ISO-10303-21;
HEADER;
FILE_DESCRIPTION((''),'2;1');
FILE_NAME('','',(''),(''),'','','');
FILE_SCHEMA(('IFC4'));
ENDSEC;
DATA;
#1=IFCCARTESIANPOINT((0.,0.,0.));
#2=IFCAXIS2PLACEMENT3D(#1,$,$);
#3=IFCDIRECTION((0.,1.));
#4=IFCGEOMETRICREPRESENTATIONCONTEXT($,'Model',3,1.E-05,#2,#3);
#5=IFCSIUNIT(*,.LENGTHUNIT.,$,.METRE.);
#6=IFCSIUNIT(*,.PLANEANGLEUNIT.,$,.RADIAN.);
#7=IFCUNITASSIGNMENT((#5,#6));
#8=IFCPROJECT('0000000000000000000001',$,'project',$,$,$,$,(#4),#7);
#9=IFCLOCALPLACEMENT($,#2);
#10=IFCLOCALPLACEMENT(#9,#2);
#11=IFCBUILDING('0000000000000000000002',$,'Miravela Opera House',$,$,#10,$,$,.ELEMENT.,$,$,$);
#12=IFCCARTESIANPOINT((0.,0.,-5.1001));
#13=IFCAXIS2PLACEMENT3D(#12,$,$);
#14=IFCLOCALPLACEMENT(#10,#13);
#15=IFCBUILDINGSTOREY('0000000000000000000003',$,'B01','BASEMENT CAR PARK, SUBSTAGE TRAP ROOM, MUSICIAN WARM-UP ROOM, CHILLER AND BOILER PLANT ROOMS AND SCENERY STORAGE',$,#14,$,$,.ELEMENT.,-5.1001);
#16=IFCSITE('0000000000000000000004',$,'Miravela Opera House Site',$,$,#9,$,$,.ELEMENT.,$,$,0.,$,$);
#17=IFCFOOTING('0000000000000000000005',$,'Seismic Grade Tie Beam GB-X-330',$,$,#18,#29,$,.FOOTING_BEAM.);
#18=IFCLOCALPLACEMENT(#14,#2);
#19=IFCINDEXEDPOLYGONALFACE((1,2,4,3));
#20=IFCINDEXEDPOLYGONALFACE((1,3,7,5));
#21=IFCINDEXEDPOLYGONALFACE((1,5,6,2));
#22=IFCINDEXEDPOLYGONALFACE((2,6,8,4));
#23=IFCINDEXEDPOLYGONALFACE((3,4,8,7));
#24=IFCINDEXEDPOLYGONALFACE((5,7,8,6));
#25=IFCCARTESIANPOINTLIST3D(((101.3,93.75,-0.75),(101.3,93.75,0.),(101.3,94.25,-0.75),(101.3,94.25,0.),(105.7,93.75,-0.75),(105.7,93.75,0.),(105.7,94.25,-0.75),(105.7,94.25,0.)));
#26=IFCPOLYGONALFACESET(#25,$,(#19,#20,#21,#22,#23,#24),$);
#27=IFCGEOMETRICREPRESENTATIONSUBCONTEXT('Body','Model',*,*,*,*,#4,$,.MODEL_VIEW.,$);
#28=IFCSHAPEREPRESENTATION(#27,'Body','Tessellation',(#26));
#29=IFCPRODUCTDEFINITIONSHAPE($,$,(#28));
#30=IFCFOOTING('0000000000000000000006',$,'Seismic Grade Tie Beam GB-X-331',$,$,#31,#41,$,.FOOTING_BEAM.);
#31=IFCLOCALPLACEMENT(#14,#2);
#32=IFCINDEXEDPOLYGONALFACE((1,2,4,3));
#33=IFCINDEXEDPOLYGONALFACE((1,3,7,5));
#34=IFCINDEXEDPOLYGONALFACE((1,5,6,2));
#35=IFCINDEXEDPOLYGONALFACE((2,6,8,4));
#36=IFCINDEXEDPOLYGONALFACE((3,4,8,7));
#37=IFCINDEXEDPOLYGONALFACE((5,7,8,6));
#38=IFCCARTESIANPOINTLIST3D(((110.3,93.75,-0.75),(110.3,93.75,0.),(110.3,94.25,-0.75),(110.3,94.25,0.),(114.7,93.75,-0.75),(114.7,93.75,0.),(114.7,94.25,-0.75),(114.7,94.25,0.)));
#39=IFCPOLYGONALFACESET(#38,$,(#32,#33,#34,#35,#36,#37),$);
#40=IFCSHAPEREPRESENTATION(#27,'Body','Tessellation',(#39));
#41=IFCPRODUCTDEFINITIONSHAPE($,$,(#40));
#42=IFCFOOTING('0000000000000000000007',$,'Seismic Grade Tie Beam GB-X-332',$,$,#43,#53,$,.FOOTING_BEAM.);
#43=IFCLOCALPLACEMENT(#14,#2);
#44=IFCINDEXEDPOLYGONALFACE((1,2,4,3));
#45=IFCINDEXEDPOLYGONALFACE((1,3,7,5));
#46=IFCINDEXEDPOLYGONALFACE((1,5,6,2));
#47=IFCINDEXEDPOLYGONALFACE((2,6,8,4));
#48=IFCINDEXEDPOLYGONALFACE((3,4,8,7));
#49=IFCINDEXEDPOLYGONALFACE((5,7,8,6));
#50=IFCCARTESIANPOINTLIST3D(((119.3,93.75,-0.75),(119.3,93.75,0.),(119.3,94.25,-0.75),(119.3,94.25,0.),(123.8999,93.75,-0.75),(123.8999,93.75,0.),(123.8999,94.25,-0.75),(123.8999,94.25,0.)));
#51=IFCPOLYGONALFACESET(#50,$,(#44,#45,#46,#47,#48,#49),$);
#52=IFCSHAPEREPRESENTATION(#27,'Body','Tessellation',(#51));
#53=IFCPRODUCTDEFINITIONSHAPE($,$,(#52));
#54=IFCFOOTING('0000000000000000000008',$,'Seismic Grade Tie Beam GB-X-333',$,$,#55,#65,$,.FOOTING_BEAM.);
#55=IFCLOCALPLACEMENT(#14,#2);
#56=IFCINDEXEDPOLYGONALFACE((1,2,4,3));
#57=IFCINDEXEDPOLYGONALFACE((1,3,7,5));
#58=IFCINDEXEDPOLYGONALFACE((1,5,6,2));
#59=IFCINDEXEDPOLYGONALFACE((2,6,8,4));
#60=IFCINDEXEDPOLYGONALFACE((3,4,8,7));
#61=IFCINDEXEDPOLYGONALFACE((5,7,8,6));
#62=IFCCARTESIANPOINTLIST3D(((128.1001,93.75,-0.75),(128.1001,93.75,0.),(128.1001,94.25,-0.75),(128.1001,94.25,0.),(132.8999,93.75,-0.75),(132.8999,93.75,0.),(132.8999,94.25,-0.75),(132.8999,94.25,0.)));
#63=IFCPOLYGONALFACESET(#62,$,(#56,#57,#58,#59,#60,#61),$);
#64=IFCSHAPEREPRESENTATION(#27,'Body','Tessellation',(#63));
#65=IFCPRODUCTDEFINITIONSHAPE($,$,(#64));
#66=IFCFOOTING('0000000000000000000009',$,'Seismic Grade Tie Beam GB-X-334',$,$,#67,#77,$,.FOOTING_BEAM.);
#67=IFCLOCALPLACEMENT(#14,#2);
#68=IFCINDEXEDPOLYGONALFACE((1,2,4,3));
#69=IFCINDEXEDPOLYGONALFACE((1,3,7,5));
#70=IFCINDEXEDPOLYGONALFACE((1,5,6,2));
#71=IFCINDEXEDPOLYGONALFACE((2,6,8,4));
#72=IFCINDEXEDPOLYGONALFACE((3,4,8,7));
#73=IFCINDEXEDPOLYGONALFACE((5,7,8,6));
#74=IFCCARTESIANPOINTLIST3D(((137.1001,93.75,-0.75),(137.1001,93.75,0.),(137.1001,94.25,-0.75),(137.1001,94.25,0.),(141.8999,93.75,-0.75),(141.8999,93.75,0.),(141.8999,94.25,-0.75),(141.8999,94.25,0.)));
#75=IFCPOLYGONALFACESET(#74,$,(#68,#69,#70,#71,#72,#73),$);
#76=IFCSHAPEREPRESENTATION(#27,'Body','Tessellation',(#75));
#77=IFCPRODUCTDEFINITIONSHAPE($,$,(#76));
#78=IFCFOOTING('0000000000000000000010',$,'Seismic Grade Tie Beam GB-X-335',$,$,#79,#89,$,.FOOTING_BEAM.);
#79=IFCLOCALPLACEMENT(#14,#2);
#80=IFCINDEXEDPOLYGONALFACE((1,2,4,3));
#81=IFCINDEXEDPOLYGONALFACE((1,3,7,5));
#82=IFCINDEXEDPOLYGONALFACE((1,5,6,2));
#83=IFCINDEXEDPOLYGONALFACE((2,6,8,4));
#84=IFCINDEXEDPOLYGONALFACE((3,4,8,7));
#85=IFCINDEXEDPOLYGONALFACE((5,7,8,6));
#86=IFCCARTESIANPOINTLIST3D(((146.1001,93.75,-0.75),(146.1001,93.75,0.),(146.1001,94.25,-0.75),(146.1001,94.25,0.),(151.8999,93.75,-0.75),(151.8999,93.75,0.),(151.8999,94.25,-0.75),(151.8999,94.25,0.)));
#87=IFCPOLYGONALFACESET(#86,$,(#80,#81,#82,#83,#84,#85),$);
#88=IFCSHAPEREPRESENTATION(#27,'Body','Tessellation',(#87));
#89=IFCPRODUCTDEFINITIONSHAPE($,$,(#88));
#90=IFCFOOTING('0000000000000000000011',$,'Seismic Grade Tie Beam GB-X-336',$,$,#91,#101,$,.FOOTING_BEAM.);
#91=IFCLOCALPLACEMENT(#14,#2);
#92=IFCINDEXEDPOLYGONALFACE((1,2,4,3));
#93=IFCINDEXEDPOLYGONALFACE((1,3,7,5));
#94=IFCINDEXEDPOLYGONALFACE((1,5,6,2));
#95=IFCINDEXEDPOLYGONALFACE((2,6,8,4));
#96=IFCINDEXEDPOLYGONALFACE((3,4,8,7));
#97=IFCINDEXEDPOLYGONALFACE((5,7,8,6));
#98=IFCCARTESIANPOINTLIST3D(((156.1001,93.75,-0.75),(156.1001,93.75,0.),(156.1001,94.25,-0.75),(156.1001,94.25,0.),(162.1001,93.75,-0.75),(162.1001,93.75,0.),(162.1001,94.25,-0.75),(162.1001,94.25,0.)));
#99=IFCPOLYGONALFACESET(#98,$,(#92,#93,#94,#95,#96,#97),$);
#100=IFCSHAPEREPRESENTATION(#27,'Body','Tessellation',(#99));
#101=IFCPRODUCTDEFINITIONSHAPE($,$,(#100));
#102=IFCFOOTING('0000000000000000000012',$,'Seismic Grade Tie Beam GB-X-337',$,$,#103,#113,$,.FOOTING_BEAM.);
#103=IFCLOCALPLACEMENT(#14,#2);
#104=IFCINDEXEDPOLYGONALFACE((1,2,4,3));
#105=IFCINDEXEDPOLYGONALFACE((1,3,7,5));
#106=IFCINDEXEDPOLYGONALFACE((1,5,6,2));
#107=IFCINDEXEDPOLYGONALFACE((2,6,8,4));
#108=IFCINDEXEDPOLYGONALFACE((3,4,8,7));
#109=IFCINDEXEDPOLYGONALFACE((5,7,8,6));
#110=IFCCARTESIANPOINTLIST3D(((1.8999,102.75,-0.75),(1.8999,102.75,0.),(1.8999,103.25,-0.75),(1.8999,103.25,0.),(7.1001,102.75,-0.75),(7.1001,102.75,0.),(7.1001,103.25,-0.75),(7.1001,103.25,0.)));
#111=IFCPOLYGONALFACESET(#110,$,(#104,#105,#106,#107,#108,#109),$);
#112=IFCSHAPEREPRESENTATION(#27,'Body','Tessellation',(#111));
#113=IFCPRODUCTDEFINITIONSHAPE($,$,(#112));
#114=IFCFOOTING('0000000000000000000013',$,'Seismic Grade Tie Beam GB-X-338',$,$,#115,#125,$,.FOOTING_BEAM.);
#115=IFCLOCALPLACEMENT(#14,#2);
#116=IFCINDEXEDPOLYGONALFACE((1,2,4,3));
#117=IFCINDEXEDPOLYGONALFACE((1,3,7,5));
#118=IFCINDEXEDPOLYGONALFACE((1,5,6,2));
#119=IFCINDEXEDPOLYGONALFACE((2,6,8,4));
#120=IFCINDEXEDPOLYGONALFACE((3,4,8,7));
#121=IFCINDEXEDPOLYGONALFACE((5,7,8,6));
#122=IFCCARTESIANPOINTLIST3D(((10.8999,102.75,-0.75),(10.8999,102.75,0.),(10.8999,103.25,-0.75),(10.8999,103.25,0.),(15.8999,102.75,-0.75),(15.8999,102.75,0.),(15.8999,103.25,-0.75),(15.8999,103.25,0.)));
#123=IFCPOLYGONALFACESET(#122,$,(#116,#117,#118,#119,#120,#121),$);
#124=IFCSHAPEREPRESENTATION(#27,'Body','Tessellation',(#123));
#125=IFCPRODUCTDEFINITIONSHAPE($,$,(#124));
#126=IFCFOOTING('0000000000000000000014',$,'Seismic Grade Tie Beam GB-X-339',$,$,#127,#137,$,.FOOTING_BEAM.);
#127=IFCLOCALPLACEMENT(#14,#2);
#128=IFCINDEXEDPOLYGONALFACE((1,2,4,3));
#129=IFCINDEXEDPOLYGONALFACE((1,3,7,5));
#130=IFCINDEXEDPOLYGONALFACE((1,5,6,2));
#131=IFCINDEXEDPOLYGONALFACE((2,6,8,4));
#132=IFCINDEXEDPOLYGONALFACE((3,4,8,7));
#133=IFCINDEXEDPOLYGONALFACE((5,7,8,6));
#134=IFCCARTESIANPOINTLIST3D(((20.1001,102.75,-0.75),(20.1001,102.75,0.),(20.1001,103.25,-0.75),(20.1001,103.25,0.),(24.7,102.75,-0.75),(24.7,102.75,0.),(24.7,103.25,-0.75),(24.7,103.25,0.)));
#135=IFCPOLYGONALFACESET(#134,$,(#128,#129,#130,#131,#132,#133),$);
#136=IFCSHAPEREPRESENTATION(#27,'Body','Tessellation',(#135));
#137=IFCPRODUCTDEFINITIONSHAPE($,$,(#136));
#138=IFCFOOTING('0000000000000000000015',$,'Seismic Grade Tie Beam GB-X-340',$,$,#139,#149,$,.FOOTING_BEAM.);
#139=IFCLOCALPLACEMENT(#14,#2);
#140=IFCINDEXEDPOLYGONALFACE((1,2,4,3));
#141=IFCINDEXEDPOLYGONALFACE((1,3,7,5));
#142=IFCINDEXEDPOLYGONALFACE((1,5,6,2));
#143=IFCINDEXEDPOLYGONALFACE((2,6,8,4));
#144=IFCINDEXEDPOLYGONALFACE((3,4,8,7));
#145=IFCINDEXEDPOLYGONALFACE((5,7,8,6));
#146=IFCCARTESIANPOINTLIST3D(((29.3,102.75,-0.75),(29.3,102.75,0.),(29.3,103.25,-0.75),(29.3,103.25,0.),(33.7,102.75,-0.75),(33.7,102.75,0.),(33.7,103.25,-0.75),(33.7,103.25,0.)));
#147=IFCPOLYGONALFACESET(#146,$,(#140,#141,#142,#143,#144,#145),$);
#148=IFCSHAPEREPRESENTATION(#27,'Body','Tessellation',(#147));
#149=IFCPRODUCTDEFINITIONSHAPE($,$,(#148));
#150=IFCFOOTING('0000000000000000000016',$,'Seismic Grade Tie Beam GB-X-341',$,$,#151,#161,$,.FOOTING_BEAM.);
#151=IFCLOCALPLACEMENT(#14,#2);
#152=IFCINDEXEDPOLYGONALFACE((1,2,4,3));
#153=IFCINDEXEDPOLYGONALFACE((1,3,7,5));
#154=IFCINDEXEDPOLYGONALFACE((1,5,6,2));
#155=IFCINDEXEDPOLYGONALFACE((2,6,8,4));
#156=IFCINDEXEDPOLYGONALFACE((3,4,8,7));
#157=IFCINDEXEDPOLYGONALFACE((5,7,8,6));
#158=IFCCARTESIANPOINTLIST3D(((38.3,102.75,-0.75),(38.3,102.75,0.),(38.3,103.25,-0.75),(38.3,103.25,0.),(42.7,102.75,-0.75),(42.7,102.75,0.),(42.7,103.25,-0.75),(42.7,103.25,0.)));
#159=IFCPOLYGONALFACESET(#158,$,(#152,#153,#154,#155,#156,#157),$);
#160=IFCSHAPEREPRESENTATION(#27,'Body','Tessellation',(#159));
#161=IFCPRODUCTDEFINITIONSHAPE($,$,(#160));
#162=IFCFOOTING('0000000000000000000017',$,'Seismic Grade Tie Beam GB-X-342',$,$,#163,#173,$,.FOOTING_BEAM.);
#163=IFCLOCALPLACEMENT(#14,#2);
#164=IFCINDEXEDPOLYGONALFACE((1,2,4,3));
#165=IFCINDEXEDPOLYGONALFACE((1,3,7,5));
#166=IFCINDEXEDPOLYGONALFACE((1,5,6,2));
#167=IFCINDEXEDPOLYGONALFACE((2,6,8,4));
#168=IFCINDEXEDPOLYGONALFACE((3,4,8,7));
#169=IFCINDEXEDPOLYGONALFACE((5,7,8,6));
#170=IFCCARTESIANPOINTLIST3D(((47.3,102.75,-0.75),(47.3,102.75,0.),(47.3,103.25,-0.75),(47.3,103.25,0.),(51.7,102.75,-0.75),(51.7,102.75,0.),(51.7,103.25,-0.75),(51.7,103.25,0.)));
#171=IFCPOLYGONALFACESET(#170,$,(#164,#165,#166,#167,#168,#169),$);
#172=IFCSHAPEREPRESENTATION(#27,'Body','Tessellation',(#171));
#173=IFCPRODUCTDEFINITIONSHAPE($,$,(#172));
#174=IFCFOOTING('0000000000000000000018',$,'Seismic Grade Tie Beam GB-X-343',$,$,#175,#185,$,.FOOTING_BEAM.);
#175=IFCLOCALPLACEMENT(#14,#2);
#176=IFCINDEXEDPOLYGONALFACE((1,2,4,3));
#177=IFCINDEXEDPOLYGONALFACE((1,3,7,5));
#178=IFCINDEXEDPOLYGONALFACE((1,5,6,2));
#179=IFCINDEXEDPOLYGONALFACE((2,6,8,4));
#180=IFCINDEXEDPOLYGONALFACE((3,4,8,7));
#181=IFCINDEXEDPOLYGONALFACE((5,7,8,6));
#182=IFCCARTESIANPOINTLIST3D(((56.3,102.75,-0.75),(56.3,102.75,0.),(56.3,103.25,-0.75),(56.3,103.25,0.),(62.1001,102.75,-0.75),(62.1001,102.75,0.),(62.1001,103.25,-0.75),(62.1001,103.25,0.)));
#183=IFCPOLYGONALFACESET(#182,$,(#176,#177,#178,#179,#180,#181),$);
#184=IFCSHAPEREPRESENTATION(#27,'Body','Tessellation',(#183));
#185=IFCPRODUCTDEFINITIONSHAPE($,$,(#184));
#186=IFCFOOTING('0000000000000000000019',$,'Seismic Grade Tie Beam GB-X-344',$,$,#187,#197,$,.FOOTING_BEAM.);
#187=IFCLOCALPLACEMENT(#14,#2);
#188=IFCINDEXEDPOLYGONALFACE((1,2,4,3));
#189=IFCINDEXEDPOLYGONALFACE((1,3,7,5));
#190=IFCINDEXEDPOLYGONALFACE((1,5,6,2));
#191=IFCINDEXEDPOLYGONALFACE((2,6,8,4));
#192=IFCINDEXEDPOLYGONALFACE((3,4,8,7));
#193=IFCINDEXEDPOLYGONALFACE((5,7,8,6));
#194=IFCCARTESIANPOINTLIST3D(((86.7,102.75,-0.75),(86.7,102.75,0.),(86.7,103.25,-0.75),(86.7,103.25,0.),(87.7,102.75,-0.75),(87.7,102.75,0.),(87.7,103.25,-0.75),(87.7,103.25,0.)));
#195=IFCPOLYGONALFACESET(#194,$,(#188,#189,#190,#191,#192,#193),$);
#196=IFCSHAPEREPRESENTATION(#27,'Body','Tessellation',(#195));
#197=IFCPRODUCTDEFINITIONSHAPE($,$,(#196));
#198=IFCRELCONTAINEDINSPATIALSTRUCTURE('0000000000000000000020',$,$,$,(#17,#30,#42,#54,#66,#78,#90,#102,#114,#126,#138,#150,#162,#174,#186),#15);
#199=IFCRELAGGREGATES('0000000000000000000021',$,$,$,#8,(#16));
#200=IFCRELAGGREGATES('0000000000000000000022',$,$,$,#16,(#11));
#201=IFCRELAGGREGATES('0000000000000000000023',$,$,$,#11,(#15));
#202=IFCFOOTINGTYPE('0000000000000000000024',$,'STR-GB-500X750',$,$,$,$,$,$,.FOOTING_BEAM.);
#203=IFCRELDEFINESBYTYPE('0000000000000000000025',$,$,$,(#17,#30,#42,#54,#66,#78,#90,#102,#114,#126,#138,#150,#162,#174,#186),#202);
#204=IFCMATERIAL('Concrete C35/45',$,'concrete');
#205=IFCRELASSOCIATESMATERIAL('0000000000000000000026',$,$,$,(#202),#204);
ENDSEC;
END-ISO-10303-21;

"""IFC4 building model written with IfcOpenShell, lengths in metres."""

from ifc_helpers import new_model, si_unit, direction, frame, origin, place, context, subcontext, project, spatial, polyline, outline, extrude, material, type_object, element, save


model = new_model("IFC4")

# Units and contexts
model_context = context("Model", 3, precision=1e-05, world=origin(), true_north=direction((0.0, 1.0)))
body_context = subcontext(model_context, "Body", "Model", "MODEL_VIEW")
ifc_project = project(units=[si_unit("LENGTHUNIT", "METRE"), si_unit("PLANEANGLEUNIT", "RADIAN")], contexts=[model_context])

# Site, building, storey
site_placement = place(None, origin())
site = spatial("IfcSite", under=ifc_project, at=site_placement, Name="Miravela Opera House Site", CompositionType="ELEMENT", RefElevation=0.0)
building_placement = place(site_placement, origin())
building = spatial("IfcBuilding", under=site, at=building_placement, Name="Miravela Opera House", CompositionType="ELEMENT")
storey_placement = place(building_placement, frame((0.0, 0.0, -5.1001)))
storey = spatial("IfcBuildingStorey", under=building, at=storey_placement, Name="B01", Description="BASEMENT CAR PARK, SUBSTAGE TRAP ROOM, MUSICIAN WARM-UP ROOM, CHILLER AND BOILER PLANT ROOMS AND SCENERY STORAGE", CompositionType="ELEMENT", Elevation=-5.1001)

# Footings
ifc_material = material(Name="Concrete C35/45", Category="concrete")
footing_type = type_object("IfcFootingType", Name="STR-GB-500X750", PredefinedType="FOOTING_BEAM", material=ifc_material)
footing_1_placement = place(storey_placement, frame((0.0, 0.0, -0.75)))
element("IfcFooting", 1, at=footing_1_placement, inside=storey, type_object=footing_type, Name="Seismic Grade Tie Beam GB-X-330", PredefinedType="FOOTING_BEAM", context=body_context, shape_type="SweptSolid", body=[
    extrude(outline(polyline([(101.3, 93.75), (105.7, 93.75), (105.7, 94.25), (101.3, 94.25), (101.3, 93.75)])), origin(), (0.0, 0.0, 1.0), 0.75),
])
footing_2_placement = place(storey_placement, frame((0.0, 0.0, -0.75)))
element("IfcFooting", 2, at=footing_2_placement, inside=storey, type_object=footing_type, Name="Seismic Grade Tie Beam GB-X-331", PredefinedType="FOOTING_BEAM", context=body_context, shape_type="SweptSolid", body=[
    extrude(outline(polyline([(110.3, 93.75), (114.7, 93.75), (114.7, 94.25), (110.3, 94.25), (110.3, 93.75)])), origin(), (0.0, 0.0, 1.0), 0.75),
])
footing_3_placement = place(storey_placement, frame((0.0, 0.0, -0.75)))
element("IfcFooting", 3, at=footing_3_placement, inside=storey, type_object=footing_type, Name="Seismic Grade Tie Beam GB-X-332", PredefinedType="FOOTING_BEAM", context=body_context, shape_type="SweptSolid", body=[
    extrude(outline(polyline([(119.3, 93.75), (123.8999, 93.75), (123.8999, 94.25), (119.3, 94.25), (119.3, 93.75)])), origin(), (0.0, 0.0, 1.0), 0.75),
])
footing_4_placement = place(storey_placement, frame((0.0, 0.0, -0.75)))
element("IfcFooting", 4, at=footing_4_placement, inside=storey, type_object=footing_type, Name="Seismic Grade Tie Beam GB-X-333", PredefinedType="FOOTING_BEAM", context=body_context, shape_type="SweptSolid", body=[
    extrude(outline(polyline([(128.1001, 93.75), (132.8999, 93.75), (132.8999, 94.25), (128.1001, 94.25), (128.1001, 93.75)])), origin(), (0.0, 0.0, 1.0), 0.75),
])
footing_5_placement = place(storey_placement, frame((0.0, 0.0, -0.75)))
element("IfcFooting", 5, at=footing_5_placement, inside=storey, type_object=footing_type, Name="Seismic Grade Tie Beam GB-X-334", PredefinedType="FOOTING_BEAM", context=body_context, shape_type="SweptSolid", body=[
    extrude(outline(polyline([(137.1001, 93.75), (141.8999, 93.75), (141.8999, 94.25), (137.1001, 94.25), (137.1001, 93.75)])), origin(), (0.0, 0.0, 1.0), 0.75),
])
footing_6_placement = place(storey_placement, frame((0.0, 0.0, -0.75)))
element("IfcFooting", 6, at=footing_6_placement, inside=storey, type_object=footing_type, Name="Seismic Grade Tie Beam GB-X-335", PredefinedType="FOOTING_BEAM", context=body_context, shape_type="SweptSolid", body=[
    extrude(outline(polyline([(146.1001, 93.75), (151.8999, 93.75), (151.8999, 94.25), (146.1001, 94.25), (146.1001, 93.75)])), origin(), (0.0, 0.0, 1.0), 0.75),
])
footing_7_placement = place(storey_placement, frame((0.0, 0.0, -0.75)))
element("IfcFooting", 7, at=footing_7_placement, inside=storey, type_object=footing_type, Name="Seismic Grade Tie Beam GB-X-336", PredefinedType="FOOTING_BEAM", context=body_context, shape_type="SweptSolid", body=[
    extrude(outline(polyline([(156.1001, 93.75), (162.1001, 93.75), (162.1001, 94.25), (156.1001, 94.25), (156.1001, 93.75)])), origin(), (0.0, 0.0, 1.0), 0.75),
])
footing_8_placement = place(storey_placement, frame((0.0, 0.0, -0.75)))
element("IfcFooting", 8, at=footing_8_placement, inside=storey, type_object=footing_type, Name="Seismic Grade Tie Beam GB-X-337", PredefinedType="FOOTING_BEAM", context=body_context, shape_type="SweptSolid", body=[
    extrude(outline(polyline([(1.8999, 102.75), (7.1001, 102.75), (7.1001, 103.25), (1.8999, 103.25), (1.8999, 102.75)])), origin(), (0.0, 0.0, 1.0), 0.75),
])
footing_9_placement = place(storey_placement, frame((0.0, 0.0, -0.75)))
element("IfcFooting", 9, at=footing_9_placement, inside=storey, type_object=footing_type, Name="Seismic Grade Tie Beam GB-X-338", PredefinedType="FOOTING_BEAM", context=body_context, shape_type="SweptSolid", body=[
    extrude(outline(polyline([(10.8999, 102.75), (15.8999, 102.75), (15.8999, 103.25), (10.8999, 103.25), (10.8999, 102.75)])), origin(), (0.0, 0.0, 1.0), 0.75),
])
footing_10_placement = place(storey_placement, frame((0.0, 0.0, -0.75)))
element("IfcFooting", 10, at=footing_10_placement, inside=storey, type_object=footing_type, Name="Seismic Grade Tie Beam GB-X-339", PredefinedType="FOOTING_BEAM", context=body_context, shape_type="SweptSolid", body=[
    extrude(outline(polyline([(20.1001, 102.75), (24.7, 102.75), (24.7, 103.25), (20.1001, 103.25), (20.1001, 102.75)])), origin(), (0.0, 0.0, 1.0), 0.75),
])
footing_11_placement = place(storey_placement, frame((0.0, 0.0, -0.75)))
element("IfcFooting", 11, at=footing_11_placement, inside=storey, type_object=footing_type, Name="Seismic Grade Tie Beam GB-X-340", PredefinedType="FOOTING_BEAM", context=body_context, shape_type="SweptSolid", body=[
    extrude(outline(polyline([(29.3, 102.75), (33.7, 102.75), (33.7, 103.25), (29.3, 103.25), (29.3, 102.75)])), origin(), (0.0, 0.0, 1.0), 0.75),
])
footing_12_placement = place(storey_placement, frame((0.0, 0.0, -0.75)))
element("IfcFooting", 12, at=footing_12_placement, inside=storey, type_object=footing_type, Name="Seismic Grade Tie Beam GB-X-341", PredefinedType="FOOTING_BEAM", context=body_context, shape_type="SweptSolid", body=[
    extrude(outline(polyline([(38.3, 102.75), (42.7, 102.75), (42.7, 103.25), (38.3, 103.25), (38.3, 102.75)])), origin(), (0.0, 0.0, 1.0), 0.75),
])
footing_13_placement = place(storey_placement, frame((0.0, 0.0, -0.75)))
element("IfcFooting", 13, at=footing_13_placement, inside=storey, type_object=footing_type, Name="Seismic Grade Tie Beam GB-X-342", PredefinedType="FOOTING_BEAM", context=body_context, shape_type="SweptSolid", body=[
    extrude(outline(polyline([(47.3, 102.75), (51.7, 102.75), (51.7, 103.25), (47.3, 103.25), (47.3, 102.75)])), origin(), (0.0, 0.0, 1.0), 0.75),
])
footing_14_placement = place(storey_placement, frame((0.0, 0.0, -0.75)))
element("IfcFooting", 14, at=footing_14_placement, inside=storey, type_object=footing_type, Name="Seismic Grade Tie Beam GB-X-343", PredefinedType="FOOTING_BEAM", context=body_context, shape_type="SweptSolid", body=[
    extrude(outline(polyline([(56.3, 102.75), (62.1001, 102.75), (62.1001, 103.25), (56.3, 103.25), (56.3, 102.75)])), origin(), (0.0, 0.0, 1.0), 0.75),
])
footing_15_placement = place(storey_placement, frame((0.0, 0.0, -0.75)))
element("IfcFooting", 15, at=footing_15_placement, inside=storey, type_object=footing_type, Name="Seismic Grade Tie Beam GB-X-344", PredefinedType="FOOTING_BEAM", context=body_context, shape_type="SweptSolid", body=[
    extrude(outline(polyline([(86.7, 102.75), (87.7, 102.75), (87.7, 103.25), (86.7, 103.25), (86.7, 102.75)])), origin(), (0.0, 0.0, 1.0), 0.75),
])

save(model, "model.ifc")
